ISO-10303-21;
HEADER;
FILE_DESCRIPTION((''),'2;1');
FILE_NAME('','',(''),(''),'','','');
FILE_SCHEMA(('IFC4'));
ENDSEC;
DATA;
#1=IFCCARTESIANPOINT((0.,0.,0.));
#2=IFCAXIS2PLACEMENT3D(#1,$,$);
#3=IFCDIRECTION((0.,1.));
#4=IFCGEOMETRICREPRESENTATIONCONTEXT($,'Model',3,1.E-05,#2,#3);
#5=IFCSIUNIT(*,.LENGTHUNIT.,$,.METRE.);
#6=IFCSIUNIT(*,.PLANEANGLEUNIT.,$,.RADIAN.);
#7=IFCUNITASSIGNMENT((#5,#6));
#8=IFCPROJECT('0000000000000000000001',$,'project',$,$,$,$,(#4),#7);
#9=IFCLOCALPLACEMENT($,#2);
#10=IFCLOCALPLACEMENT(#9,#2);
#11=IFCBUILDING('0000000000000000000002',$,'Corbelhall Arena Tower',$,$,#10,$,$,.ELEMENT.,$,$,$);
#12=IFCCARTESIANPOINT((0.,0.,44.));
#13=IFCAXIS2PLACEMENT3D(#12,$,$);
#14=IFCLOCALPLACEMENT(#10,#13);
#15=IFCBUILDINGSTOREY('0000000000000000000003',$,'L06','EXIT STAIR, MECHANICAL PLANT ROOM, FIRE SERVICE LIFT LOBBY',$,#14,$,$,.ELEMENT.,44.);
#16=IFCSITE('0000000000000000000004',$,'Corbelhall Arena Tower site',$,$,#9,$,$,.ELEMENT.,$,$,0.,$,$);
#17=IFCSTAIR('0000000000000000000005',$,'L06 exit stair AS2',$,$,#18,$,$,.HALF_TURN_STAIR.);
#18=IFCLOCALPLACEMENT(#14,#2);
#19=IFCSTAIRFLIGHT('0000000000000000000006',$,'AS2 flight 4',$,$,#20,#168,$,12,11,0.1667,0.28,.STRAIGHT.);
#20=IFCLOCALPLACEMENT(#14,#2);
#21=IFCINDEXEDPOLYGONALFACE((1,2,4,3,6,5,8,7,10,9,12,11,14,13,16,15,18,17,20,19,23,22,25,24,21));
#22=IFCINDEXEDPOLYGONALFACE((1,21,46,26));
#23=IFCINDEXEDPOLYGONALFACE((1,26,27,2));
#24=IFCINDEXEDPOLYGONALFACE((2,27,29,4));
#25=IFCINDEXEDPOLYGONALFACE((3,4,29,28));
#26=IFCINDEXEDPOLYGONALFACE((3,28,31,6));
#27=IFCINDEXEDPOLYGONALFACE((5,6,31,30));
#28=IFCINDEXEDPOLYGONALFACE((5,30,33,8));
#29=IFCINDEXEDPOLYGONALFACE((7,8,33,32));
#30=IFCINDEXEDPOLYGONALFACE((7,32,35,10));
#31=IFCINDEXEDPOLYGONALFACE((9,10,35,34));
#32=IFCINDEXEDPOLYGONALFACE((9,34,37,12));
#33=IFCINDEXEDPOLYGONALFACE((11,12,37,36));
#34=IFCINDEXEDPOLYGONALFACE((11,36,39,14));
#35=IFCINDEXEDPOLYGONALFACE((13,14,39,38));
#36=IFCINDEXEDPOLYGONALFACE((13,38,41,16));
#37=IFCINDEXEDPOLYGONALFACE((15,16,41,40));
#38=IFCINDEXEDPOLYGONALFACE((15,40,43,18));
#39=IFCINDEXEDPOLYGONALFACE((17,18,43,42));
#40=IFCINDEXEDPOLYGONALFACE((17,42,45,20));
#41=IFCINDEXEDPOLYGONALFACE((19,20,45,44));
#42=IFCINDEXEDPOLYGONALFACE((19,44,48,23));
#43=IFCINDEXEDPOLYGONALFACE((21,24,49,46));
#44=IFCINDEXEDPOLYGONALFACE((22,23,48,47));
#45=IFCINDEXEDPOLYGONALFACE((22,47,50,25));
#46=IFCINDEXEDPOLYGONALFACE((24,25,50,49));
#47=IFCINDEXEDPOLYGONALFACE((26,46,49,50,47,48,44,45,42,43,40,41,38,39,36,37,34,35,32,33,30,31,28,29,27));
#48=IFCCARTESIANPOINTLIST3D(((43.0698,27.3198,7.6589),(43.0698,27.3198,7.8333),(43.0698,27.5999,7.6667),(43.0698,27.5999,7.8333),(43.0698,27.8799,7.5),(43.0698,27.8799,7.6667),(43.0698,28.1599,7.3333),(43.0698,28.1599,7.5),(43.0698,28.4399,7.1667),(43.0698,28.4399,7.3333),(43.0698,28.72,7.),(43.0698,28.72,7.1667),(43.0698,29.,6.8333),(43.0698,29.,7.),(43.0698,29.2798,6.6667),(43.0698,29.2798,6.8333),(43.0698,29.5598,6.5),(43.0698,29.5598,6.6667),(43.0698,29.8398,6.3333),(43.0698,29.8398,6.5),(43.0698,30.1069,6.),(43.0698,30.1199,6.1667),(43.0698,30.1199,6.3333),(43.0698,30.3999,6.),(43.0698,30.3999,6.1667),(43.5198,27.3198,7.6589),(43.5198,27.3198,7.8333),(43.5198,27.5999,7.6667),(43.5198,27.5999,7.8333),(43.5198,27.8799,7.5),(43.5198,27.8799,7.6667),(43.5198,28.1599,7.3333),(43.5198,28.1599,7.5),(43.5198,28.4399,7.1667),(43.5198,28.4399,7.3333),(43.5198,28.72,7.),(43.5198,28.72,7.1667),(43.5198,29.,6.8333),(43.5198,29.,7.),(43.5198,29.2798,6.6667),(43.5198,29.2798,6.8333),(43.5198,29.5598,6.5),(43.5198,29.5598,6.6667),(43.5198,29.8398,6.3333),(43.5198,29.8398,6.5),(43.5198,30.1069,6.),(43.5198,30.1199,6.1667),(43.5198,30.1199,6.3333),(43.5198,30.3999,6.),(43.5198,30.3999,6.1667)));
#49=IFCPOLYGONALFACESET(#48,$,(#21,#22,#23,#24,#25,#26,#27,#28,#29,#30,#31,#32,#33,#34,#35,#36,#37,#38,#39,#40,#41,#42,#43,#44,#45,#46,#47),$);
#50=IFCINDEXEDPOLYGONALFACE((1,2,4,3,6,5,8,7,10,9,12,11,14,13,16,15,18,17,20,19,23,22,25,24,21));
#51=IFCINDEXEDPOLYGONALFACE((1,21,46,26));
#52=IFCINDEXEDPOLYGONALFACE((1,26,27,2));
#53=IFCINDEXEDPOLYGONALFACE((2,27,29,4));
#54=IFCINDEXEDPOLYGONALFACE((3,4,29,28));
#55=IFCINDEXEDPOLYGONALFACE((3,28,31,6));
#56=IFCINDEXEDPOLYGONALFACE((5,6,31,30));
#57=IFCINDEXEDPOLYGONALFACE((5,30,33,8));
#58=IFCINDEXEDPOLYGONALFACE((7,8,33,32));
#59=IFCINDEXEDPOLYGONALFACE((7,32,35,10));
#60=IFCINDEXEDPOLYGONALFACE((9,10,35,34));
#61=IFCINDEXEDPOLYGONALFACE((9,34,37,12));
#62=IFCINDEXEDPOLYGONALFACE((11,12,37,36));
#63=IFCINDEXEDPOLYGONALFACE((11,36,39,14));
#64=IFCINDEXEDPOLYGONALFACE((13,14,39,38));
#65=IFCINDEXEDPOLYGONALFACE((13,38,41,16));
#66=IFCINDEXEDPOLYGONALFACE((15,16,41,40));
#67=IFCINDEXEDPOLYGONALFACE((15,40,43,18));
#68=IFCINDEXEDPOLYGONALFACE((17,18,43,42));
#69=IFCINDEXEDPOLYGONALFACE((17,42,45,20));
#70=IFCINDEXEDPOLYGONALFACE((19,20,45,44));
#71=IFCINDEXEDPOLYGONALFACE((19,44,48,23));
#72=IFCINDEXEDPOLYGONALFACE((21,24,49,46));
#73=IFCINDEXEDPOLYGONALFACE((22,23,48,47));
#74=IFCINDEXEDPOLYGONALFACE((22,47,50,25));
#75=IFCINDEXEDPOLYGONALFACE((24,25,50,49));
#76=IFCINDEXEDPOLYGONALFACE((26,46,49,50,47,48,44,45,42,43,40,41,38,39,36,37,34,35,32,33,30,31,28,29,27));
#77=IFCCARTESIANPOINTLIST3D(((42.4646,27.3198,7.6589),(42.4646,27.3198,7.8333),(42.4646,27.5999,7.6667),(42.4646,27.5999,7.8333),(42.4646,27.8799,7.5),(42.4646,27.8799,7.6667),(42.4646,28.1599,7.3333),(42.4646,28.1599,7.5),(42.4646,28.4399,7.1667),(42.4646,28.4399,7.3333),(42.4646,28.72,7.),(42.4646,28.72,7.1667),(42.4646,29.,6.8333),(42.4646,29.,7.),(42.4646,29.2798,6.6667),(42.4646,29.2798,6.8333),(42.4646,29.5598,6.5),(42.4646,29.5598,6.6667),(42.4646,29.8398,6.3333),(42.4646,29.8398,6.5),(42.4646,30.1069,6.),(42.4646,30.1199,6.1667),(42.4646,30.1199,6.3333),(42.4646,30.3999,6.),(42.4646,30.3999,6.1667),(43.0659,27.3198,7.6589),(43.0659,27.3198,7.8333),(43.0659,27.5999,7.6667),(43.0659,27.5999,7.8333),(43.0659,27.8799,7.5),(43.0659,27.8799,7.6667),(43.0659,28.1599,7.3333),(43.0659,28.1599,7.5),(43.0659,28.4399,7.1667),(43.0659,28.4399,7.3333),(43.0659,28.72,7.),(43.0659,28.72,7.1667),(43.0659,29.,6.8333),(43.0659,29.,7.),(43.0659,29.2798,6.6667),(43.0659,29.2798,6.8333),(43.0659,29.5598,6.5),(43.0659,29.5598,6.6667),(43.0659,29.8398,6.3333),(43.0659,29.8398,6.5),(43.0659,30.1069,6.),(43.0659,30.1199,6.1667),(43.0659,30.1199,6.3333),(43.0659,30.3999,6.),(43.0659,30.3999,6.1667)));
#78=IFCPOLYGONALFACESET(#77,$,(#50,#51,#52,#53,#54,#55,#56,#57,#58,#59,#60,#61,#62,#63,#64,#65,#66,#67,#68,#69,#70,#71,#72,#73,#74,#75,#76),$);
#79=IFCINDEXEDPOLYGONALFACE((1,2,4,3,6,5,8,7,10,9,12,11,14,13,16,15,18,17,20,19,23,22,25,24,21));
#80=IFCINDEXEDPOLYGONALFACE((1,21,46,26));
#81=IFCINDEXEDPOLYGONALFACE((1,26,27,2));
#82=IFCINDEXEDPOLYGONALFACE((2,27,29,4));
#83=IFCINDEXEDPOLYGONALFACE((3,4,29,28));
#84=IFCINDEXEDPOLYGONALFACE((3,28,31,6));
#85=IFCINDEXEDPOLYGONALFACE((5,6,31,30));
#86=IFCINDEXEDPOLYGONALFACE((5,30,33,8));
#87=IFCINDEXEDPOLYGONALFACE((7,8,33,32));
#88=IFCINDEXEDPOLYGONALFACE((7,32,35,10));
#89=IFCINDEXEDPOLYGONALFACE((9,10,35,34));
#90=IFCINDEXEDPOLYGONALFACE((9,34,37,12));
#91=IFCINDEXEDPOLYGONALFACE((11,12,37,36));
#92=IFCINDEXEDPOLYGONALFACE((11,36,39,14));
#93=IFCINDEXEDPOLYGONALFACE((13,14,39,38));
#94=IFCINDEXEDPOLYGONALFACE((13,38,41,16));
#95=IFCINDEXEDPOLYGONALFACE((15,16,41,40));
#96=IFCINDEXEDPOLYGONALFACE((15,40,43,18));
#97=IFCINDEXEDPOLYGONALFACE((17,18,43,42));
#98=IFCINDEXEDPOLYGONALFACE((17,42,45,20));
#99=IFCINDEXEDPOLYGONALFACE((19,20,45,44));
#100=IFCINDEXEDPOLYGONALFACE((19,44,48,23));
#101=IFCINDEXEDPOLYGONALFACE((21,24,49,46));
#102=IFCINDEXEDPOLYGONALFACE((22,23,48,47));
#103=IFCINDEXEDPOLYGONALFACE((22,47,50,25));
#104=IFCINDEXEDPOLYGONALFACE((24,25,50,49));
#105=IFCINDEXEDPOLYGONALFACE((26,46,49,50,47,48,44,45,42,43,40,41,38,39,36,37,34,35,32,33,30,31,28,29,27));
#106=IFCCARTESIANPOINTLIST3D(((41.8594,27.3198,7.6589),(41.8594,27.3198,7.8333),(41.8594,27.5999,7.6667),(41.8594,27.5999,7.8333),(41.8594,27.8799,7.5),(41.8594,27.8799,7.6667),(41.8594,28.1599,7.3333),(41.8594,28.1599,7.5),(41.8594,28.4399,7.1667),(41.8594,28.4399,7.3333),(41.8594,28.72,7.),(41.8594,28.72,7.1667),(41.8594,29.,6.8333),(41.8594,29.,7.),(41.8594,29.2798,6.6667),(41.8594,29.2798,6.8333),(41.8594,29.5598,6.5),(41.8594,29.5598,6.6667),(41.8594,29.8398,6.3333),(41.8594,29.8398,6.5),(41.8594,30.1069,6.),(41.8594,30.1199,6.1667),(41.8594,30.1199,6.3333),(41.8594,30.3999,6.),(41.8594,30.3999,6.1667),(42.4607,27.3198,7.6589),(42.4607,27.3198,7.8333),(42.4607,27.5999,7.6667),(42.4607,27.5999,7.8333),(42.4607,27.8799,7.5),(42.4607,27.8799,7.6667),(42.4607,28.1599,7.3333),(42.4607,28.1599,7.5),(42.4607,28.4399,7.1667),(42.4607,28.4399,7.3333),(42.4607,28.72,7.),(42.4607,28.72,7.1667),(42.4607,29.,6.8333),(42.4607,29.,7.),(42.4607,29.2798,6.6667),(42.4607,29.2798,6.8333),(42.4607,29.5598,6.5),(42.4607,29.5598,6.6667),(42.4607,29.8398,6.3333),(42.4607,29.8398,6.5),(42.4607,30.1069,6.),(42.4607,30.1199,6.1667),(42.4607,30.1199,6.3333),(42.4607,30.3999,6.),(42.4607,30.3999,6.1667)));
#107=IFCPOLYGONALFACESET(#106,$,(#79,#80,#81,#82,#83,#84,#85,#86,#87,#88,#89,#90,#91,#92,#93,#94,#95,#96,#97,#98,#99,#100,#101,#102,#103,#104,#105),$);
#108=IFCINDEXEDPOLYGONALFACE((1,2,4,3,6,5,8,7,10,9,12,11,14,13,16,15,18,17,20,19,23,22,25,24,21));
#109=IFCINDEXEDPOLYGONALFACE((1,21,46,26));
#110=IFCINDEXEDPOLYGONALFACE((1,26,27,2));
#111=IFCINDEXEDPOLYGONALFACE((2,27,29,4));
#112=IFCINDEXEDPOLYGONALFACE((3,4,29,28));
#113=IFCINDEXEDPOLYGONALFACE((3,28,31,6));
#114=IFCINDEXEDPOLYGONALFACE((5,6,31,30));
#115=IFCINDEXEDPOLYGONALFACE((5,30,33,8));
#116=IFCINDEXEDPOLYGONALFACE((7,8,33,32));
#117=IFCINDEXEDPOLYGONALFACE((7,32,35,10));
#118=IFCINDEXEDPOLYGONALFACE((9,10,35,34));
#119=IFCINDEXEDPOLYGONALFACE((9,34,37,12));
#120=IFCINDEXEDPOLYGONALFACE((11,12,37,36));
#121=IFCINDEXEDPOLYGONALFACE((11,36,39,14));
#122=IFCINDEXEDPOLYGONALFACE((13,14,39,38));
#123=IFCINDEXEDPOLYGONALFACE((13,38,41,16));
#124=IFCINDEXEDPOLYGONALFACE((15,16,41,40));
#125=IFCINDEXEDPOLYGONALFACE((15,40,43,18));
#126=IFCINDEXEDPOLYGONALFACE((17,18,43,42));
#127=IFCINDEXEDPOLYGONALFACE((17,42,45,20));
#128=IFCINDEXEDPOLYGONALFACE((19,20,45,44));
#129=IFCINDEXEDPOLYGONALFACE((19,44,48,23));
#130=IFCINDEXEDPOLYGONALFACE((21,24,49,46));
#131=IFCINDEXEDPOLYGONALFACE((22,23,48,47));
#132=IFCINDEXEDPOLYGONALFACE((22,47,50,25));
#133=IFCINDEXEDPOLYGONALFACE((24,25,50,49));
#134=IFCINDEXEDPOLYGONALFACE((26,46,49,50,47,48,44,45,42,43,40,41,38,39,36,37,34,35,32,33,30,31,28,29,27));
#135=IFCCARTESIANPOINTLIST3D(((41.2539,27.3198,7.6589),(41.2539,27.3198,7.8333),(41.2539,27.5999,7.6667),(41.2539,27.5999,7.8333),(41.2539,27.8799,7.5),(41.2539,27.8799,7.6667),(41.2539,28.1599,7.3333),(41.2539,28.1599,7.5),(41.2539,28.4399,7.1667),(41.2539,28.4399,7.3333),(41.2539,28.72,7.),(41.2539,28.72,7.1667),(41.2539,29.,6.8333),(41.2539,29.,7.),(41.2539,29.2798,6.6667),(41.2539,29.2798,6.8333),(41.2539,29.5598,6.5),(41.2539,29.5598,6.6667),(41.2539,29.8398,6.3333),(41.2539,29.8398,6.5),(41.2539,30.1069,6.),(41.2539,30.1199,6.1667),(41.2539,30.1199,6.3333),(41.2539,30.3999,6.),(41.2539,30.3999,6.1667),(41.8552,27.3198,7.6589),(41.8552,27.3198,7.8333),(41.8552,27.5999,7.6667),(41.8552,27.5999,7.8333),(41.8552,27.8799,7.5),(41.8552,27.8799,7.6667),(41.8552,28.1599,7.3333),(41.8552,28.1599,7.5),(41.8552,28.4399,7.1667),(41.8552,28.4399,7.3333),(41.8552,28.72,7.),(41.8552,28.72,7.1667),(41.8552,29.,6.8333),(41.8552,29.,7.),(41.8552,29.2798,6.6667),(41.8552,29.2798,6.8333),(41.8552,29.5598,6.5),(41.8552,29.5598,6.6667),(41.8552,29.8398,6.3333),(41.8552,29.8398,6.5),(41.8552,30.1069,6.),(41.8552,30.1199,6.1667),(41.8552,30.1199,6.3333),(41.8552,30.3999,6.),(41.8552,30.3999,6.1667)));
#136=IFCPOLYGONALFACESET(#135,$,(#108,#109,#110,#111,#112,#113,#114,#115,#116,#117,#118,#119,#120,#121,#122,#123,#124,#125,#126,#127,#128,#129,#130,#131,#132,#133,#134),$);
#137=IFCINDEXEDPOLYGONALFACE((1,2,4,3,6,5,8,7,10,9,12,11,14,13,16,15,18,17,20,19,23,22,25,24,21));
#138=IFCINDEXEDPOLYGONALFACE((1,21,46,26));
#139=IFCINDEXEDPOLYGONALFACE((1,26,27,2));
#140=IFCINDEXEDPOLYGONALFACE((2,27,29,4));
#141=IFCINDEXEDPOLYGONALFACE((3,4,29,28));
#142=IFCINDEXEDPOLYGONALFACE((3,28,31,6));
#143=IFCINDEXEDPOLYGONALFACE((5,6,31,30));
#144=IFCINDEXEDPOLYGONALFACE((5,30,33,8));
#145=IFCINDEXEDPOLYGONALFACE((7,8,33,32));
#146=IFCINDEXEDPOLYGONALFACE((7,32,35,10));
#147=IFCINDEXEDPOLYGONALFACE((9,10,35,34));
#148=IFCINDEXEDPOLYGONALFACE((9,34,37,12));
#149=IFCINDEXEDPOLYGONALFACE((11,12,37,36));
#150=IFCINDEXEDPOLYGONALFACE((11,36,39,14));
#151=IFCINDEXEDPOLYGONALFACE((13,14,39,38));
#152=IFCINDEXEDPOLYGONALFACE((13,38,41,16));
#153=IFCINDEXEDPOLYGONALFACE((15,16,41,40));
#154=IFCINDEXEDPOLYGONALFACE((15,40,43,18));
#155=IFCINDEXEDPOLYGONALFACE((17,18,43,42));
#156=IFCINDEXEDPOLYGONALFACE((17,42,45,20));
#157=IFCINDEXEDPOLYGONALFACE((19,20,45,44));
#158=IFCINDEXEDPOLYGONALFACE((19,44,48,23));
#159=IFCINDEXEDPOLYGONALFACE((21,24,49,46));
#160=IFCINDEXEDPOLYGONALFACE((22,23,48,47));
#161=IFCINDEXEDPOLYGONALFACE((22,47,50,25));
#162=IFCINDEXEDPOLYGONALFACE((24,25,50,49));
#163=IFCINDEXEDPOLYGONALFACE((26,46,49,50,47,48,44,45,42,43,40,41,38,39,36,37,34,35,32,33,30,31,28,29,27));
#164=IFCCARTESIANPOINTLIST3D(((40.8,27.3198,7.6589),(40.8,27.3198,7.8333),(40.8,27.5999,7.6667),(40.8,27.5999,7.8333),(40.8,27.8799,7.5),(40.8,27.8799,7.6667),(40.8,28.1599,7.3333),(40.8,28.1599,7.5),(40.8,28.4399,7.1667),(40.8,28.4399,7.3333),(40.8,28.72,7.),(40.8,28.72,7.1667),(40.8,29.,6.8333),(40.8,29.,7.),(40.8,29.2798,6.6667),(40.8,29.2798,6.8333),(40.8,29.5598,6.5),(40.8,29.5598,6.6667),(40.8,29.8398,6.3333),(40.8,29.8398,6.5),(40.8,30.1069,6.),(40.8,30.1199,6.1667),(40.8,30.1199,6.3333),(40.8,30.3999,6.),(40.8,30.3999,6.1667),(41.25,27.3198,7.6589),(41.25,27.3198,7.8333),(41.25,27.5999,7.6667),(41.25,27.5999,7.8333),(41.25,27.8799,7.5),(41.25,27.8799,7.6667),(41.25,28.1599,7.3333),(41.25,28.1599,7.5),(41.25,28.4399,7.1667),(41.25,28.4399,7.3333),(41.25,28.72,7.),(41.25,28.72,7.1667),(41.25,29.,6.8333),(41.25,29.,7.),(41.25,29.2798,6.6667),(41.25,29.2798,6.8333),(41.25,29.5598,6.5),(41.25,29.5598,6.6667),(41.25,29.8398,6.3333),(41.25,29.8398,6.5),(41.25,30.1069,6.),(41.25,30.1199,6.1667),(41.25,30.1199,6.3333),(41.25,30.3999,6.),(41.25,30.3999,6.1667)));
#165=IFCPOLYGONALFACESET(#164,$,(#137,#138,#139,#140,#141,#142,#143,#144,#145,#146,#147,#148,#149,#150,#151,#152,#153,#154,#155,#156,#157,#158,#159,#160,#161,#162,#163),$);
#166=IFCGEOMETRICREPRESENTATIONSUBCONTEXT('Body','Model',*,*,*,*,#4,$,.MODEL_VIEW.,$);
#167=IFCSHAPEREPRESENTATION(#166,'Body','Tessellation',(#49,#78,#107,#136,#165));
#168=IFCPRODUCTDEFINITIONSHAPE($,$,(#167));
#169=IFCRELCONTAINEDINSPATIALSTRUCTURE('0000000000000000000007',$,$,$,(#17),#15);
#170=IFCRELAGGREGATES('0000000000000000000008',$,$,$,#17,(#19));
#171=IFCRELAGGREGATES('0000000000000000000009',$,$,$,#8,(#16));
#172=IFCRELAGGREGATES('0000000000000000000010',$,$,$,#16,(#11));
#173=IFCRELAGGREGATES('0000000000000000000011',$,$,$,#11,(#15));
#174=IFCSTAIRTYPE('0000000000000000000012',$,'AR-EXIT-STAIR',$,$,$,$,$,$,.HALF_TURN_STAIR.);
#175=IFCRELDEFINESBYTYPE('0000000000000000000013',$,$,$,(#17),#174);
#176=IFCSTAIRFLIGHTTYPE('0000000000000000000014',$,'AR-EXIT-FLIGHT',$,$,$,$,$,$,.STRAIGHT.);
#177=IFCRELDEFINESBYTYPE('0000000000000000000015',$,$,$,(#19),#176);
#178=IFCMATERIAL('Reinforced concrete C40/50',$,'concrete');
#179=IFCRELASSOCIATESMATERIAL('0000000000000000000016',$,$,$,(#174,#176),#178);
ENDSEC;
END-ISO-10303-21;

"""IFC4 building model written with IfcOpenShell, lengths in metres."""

from ifc_helpers import new_model, si_unit, direction, frame, origin, place, context, subcontext, project, spatial, polyline, outline, extrude, material, type_object, element, aggregate, save


model = new_model("IFC4")

# Units and contexts
model_context = context("Model", 3, precision=1e-05, world=origin(), true_north=direction((0.0, 1.0)))
body_context = subcontext(model_context, "Body", "Model", "MODEL_VIEW")
ifc_project = project(units=[si_unit("LENGTHUNIT", "METRE"), si_unit("PLANEANGLEUNIT", "RADIAN")], contexts=[model_context])

# Site, building, storey
site_placement = place(None, origin())
site = spatial("IfcSite", under=ifc_project, at=site_placement, Name="Corbelhall Arena Tower site", CompositionType="ELEMENT", RefElevation=0.0)
building_placement = place(site_placement, origin())
building = spatial("IfcBuilding", under=site, at=building_placement, Name="Corbelhall Arena Tower", CompositionType="ELEMENT")
storey_placement = place(building_placement, frame((0.0, 0.0, 44.0)))
storey = spatial("IfcBuildingStorey", under=building, at=storey_placement, Name="L06", Description="EXIT STAIR, MECHANICAL PLANT ROOM, FIRE SERVICE LIFT LOBBY", CompositionType="ELEMENT", Elevation=44.0)

# Shared definitions
ifc_material_1 = material(Name="Reinforced concrete C40/50", Category="concrete")

# Stair, stair flight
stair_type = type_object("IfcStairType", Name="AR-EXIT-STAIR", PredefinedType="HALF_TURN_STAIR", material=ifc_material_1)
stair_flight_type = type_object("IfcStairFlightType", Name="AR-EXIT-FLIGHT", PredefinedType="STRAIGHT", material=ifc_material_1)
stair_1_placement = place(storey_placement, origin())
stair_1 = element("IfcStair", 1, at=stair_1_placement, inside=storey, type_object=stair_type, Name="L06 exit stair AS2", PredefinedType="HALF_TURN_STAIR")
stair_flight_1_placement = place(storey_placement, frame((42.1599, 30.3999, 6.0), z_axis=(0.0, 0.0, 1.0), x_axis=(0.0, -1.0, 0.0)))
stair_flight_1 = element("IfcStairFlight", 2, at=stair_flight_1_placement, type_object=stair_flight_type, Name="AS2 flight 4", NumberOfRisers=12, NumberOfTreads=11, PredefinedType="STRAIGHT", RiserHeight=0.1667, TreadLength=0.28, context=body_context, shape_type="SweptSolid", body=[
    extrude(outline(polyline([(0.0, 0.0), (0.0, 0.1667), (0.28, 0.1667), (0.28, 0.3333), (0.5601, 0.3333), (0.5601, 0.5), (0.8401, 0.5), (0.8401, 0.6667), (1.1201, 0.6667), (1.1201, 0.8333), (1.3999, 0.8333), (1.3999, 1.0), (1.6799, 1.0), (1.6799, 1.1667), (1.96, 1.1667), (1.96, 1.3333), (2.24, 1.3333), (2.24, 1.5), (2.52, 1.5), (2.52, 1.6667), (2.8, 1.6667), (2.8, 1.8333), (3.0801, 1.8333), (3.0801, 2.0), (3.0801, 1.6589), (0.293, 0.0), (0.0, 0.0)])), frame((0.0, 1.3599, 0.0), z_axis=(0.0, -1.0, 0.0), x_axis=(1.0, 0.0, 0.0)), (0.0, 0.0, 1.0), 0.45),
    extrude(outline(polyline([(0.0, 0.0), (0.0, 0.1667), (0.28, 0.1667), (0.28, 0.3333), (0.5601, 0.3333), (0.5601, 0.5), (0.8401, 0.5), (0.8401, 0.6667), (1.1201, 0.6667), (1.1201, 0.8333), (1.3999, 0.8333), (1.3999, 1.0), (1.6799, 1.0), (1.6799, 1.1667), (1.96, 1.1667), (1.96, 1.3333), (2.24, 1.3333), (2.24, 1.5), (2.52, 1.5), (2.52, 1.6667), (2.8, 1.6667), (2.8, 1.8333), (3.0801, 1.8333), (3.0801, 2.0), (3.0801, 1.6589), (0.293, 0.0), (0.0, 0.0)])), frame((0.0, 0.906, 0.0), z_axis=(0.0, -1.0, 0.0), x_axis=(1.0, 0.0, 0.0)), (0.0, 0.0, 1.0), 0.6013),
    extrude(outline(polyline([(0.0, 0.0), (0.0, 0.1667), (0.28, 0.1667), (0.28, 0.3333), (0.5601, 0.3333), (0.5601, 0.5), (0.8401, 0.5), (0.8401, 0.6667), (1.1201, 0.6667), (1.1201, 0.8333), (1.3999, 0.8333), (1.3999, 1.0), (1.6799, 1.0), (1.6799, 1.1667), (1.96, 1.1667), (1.96, 1.3333), (2.24, 1.3333), (2.24, 1.5), (2.52, 1.5), (2.52, 1.6667), (2.8, 1.6667), (2.8, 1.8333), (3.0801, 1.8333), (3.0801, 2.0), (3.0801, 1.6589), (0.293, 0.0), (0.0, 0.0)])), frame((0.0, 0.3008, 0.0), z_axis=(0.0, -1.0, 0.0), x_axis=(1.0, 0.0, 0.0)), (0.0, 0.0, 1.0), 0.6013),
    extrude(outline(polyline([(0.0, 0.0), (0.0, 0.1667), (0.28, 0.1667), (0.28, 0.3333), (0.5601, 0.3333), (0.5601, 0.5), (0.8401, 0.5), (0.8401, 0.6667), (1.1201, 0.6667), (1.1201, 0.8333), (1.3999, 0.8333), (1.3999, 1.0), (1.6799, 1.0), (1.6799, 1.1667), (1.96, 1.1667), (1.96, 1.3333), (2.24, 1.3333), (2.24, 1.5), (2.52, 1.5), (2.52, 1.6667), (2.8, 1.6667), (2.8, 1.8333), (3.0801, 1.8333), (3.0801, 2.0), (3.0801, 1.6589), (0.293, 0.0), (0.0, 0.0)])), frame((0.0, -0.3047, 0.0), z_axis=(0.0, -1.0, 0.0), x_axis=(1.0, 0.0, 0.0)), (0.0, 0.0, 1.0), 0.6013),
    extrude(outline(polyline([(0.0, 0.0), (0.0, 0.1667), (0.28, 0.1667), (0.28, 0.3333), (0.5601, 0.3333), (0.5601, 0.5), (0.8401, 0.5), (0.8401, 0.6667), (1.1201, 0.6667), (1.1201, 0.8333), (1.3999, 0.8333), (1.3999, 1.0), (1.6799, 1.0), (1.6799, 1.1667), (1.96, 1.1667), (1.96, 1.3333), (2.24, 1.3333), (2.24, 1.5), (2.52, 1.5), (2.52, 1.6667), (2.8, 1.6667), (2.8, 1.8333), (3.0801, 1.8333), (3.0801, 2.0), (3.0801, 1.6589), (0.293, 0.0), (0.0, 0.0)])), frame((0.0, -0.9099, 0.0), z_axis=(0.0, -1.0, 0.0), x_axis=(1.0, 0.0, 0.0)), (0.0, 0.0, 1.0), 0.45),
])
aggregate(stair_1, [stair_flight_1])

save(model, "model.ifc")
